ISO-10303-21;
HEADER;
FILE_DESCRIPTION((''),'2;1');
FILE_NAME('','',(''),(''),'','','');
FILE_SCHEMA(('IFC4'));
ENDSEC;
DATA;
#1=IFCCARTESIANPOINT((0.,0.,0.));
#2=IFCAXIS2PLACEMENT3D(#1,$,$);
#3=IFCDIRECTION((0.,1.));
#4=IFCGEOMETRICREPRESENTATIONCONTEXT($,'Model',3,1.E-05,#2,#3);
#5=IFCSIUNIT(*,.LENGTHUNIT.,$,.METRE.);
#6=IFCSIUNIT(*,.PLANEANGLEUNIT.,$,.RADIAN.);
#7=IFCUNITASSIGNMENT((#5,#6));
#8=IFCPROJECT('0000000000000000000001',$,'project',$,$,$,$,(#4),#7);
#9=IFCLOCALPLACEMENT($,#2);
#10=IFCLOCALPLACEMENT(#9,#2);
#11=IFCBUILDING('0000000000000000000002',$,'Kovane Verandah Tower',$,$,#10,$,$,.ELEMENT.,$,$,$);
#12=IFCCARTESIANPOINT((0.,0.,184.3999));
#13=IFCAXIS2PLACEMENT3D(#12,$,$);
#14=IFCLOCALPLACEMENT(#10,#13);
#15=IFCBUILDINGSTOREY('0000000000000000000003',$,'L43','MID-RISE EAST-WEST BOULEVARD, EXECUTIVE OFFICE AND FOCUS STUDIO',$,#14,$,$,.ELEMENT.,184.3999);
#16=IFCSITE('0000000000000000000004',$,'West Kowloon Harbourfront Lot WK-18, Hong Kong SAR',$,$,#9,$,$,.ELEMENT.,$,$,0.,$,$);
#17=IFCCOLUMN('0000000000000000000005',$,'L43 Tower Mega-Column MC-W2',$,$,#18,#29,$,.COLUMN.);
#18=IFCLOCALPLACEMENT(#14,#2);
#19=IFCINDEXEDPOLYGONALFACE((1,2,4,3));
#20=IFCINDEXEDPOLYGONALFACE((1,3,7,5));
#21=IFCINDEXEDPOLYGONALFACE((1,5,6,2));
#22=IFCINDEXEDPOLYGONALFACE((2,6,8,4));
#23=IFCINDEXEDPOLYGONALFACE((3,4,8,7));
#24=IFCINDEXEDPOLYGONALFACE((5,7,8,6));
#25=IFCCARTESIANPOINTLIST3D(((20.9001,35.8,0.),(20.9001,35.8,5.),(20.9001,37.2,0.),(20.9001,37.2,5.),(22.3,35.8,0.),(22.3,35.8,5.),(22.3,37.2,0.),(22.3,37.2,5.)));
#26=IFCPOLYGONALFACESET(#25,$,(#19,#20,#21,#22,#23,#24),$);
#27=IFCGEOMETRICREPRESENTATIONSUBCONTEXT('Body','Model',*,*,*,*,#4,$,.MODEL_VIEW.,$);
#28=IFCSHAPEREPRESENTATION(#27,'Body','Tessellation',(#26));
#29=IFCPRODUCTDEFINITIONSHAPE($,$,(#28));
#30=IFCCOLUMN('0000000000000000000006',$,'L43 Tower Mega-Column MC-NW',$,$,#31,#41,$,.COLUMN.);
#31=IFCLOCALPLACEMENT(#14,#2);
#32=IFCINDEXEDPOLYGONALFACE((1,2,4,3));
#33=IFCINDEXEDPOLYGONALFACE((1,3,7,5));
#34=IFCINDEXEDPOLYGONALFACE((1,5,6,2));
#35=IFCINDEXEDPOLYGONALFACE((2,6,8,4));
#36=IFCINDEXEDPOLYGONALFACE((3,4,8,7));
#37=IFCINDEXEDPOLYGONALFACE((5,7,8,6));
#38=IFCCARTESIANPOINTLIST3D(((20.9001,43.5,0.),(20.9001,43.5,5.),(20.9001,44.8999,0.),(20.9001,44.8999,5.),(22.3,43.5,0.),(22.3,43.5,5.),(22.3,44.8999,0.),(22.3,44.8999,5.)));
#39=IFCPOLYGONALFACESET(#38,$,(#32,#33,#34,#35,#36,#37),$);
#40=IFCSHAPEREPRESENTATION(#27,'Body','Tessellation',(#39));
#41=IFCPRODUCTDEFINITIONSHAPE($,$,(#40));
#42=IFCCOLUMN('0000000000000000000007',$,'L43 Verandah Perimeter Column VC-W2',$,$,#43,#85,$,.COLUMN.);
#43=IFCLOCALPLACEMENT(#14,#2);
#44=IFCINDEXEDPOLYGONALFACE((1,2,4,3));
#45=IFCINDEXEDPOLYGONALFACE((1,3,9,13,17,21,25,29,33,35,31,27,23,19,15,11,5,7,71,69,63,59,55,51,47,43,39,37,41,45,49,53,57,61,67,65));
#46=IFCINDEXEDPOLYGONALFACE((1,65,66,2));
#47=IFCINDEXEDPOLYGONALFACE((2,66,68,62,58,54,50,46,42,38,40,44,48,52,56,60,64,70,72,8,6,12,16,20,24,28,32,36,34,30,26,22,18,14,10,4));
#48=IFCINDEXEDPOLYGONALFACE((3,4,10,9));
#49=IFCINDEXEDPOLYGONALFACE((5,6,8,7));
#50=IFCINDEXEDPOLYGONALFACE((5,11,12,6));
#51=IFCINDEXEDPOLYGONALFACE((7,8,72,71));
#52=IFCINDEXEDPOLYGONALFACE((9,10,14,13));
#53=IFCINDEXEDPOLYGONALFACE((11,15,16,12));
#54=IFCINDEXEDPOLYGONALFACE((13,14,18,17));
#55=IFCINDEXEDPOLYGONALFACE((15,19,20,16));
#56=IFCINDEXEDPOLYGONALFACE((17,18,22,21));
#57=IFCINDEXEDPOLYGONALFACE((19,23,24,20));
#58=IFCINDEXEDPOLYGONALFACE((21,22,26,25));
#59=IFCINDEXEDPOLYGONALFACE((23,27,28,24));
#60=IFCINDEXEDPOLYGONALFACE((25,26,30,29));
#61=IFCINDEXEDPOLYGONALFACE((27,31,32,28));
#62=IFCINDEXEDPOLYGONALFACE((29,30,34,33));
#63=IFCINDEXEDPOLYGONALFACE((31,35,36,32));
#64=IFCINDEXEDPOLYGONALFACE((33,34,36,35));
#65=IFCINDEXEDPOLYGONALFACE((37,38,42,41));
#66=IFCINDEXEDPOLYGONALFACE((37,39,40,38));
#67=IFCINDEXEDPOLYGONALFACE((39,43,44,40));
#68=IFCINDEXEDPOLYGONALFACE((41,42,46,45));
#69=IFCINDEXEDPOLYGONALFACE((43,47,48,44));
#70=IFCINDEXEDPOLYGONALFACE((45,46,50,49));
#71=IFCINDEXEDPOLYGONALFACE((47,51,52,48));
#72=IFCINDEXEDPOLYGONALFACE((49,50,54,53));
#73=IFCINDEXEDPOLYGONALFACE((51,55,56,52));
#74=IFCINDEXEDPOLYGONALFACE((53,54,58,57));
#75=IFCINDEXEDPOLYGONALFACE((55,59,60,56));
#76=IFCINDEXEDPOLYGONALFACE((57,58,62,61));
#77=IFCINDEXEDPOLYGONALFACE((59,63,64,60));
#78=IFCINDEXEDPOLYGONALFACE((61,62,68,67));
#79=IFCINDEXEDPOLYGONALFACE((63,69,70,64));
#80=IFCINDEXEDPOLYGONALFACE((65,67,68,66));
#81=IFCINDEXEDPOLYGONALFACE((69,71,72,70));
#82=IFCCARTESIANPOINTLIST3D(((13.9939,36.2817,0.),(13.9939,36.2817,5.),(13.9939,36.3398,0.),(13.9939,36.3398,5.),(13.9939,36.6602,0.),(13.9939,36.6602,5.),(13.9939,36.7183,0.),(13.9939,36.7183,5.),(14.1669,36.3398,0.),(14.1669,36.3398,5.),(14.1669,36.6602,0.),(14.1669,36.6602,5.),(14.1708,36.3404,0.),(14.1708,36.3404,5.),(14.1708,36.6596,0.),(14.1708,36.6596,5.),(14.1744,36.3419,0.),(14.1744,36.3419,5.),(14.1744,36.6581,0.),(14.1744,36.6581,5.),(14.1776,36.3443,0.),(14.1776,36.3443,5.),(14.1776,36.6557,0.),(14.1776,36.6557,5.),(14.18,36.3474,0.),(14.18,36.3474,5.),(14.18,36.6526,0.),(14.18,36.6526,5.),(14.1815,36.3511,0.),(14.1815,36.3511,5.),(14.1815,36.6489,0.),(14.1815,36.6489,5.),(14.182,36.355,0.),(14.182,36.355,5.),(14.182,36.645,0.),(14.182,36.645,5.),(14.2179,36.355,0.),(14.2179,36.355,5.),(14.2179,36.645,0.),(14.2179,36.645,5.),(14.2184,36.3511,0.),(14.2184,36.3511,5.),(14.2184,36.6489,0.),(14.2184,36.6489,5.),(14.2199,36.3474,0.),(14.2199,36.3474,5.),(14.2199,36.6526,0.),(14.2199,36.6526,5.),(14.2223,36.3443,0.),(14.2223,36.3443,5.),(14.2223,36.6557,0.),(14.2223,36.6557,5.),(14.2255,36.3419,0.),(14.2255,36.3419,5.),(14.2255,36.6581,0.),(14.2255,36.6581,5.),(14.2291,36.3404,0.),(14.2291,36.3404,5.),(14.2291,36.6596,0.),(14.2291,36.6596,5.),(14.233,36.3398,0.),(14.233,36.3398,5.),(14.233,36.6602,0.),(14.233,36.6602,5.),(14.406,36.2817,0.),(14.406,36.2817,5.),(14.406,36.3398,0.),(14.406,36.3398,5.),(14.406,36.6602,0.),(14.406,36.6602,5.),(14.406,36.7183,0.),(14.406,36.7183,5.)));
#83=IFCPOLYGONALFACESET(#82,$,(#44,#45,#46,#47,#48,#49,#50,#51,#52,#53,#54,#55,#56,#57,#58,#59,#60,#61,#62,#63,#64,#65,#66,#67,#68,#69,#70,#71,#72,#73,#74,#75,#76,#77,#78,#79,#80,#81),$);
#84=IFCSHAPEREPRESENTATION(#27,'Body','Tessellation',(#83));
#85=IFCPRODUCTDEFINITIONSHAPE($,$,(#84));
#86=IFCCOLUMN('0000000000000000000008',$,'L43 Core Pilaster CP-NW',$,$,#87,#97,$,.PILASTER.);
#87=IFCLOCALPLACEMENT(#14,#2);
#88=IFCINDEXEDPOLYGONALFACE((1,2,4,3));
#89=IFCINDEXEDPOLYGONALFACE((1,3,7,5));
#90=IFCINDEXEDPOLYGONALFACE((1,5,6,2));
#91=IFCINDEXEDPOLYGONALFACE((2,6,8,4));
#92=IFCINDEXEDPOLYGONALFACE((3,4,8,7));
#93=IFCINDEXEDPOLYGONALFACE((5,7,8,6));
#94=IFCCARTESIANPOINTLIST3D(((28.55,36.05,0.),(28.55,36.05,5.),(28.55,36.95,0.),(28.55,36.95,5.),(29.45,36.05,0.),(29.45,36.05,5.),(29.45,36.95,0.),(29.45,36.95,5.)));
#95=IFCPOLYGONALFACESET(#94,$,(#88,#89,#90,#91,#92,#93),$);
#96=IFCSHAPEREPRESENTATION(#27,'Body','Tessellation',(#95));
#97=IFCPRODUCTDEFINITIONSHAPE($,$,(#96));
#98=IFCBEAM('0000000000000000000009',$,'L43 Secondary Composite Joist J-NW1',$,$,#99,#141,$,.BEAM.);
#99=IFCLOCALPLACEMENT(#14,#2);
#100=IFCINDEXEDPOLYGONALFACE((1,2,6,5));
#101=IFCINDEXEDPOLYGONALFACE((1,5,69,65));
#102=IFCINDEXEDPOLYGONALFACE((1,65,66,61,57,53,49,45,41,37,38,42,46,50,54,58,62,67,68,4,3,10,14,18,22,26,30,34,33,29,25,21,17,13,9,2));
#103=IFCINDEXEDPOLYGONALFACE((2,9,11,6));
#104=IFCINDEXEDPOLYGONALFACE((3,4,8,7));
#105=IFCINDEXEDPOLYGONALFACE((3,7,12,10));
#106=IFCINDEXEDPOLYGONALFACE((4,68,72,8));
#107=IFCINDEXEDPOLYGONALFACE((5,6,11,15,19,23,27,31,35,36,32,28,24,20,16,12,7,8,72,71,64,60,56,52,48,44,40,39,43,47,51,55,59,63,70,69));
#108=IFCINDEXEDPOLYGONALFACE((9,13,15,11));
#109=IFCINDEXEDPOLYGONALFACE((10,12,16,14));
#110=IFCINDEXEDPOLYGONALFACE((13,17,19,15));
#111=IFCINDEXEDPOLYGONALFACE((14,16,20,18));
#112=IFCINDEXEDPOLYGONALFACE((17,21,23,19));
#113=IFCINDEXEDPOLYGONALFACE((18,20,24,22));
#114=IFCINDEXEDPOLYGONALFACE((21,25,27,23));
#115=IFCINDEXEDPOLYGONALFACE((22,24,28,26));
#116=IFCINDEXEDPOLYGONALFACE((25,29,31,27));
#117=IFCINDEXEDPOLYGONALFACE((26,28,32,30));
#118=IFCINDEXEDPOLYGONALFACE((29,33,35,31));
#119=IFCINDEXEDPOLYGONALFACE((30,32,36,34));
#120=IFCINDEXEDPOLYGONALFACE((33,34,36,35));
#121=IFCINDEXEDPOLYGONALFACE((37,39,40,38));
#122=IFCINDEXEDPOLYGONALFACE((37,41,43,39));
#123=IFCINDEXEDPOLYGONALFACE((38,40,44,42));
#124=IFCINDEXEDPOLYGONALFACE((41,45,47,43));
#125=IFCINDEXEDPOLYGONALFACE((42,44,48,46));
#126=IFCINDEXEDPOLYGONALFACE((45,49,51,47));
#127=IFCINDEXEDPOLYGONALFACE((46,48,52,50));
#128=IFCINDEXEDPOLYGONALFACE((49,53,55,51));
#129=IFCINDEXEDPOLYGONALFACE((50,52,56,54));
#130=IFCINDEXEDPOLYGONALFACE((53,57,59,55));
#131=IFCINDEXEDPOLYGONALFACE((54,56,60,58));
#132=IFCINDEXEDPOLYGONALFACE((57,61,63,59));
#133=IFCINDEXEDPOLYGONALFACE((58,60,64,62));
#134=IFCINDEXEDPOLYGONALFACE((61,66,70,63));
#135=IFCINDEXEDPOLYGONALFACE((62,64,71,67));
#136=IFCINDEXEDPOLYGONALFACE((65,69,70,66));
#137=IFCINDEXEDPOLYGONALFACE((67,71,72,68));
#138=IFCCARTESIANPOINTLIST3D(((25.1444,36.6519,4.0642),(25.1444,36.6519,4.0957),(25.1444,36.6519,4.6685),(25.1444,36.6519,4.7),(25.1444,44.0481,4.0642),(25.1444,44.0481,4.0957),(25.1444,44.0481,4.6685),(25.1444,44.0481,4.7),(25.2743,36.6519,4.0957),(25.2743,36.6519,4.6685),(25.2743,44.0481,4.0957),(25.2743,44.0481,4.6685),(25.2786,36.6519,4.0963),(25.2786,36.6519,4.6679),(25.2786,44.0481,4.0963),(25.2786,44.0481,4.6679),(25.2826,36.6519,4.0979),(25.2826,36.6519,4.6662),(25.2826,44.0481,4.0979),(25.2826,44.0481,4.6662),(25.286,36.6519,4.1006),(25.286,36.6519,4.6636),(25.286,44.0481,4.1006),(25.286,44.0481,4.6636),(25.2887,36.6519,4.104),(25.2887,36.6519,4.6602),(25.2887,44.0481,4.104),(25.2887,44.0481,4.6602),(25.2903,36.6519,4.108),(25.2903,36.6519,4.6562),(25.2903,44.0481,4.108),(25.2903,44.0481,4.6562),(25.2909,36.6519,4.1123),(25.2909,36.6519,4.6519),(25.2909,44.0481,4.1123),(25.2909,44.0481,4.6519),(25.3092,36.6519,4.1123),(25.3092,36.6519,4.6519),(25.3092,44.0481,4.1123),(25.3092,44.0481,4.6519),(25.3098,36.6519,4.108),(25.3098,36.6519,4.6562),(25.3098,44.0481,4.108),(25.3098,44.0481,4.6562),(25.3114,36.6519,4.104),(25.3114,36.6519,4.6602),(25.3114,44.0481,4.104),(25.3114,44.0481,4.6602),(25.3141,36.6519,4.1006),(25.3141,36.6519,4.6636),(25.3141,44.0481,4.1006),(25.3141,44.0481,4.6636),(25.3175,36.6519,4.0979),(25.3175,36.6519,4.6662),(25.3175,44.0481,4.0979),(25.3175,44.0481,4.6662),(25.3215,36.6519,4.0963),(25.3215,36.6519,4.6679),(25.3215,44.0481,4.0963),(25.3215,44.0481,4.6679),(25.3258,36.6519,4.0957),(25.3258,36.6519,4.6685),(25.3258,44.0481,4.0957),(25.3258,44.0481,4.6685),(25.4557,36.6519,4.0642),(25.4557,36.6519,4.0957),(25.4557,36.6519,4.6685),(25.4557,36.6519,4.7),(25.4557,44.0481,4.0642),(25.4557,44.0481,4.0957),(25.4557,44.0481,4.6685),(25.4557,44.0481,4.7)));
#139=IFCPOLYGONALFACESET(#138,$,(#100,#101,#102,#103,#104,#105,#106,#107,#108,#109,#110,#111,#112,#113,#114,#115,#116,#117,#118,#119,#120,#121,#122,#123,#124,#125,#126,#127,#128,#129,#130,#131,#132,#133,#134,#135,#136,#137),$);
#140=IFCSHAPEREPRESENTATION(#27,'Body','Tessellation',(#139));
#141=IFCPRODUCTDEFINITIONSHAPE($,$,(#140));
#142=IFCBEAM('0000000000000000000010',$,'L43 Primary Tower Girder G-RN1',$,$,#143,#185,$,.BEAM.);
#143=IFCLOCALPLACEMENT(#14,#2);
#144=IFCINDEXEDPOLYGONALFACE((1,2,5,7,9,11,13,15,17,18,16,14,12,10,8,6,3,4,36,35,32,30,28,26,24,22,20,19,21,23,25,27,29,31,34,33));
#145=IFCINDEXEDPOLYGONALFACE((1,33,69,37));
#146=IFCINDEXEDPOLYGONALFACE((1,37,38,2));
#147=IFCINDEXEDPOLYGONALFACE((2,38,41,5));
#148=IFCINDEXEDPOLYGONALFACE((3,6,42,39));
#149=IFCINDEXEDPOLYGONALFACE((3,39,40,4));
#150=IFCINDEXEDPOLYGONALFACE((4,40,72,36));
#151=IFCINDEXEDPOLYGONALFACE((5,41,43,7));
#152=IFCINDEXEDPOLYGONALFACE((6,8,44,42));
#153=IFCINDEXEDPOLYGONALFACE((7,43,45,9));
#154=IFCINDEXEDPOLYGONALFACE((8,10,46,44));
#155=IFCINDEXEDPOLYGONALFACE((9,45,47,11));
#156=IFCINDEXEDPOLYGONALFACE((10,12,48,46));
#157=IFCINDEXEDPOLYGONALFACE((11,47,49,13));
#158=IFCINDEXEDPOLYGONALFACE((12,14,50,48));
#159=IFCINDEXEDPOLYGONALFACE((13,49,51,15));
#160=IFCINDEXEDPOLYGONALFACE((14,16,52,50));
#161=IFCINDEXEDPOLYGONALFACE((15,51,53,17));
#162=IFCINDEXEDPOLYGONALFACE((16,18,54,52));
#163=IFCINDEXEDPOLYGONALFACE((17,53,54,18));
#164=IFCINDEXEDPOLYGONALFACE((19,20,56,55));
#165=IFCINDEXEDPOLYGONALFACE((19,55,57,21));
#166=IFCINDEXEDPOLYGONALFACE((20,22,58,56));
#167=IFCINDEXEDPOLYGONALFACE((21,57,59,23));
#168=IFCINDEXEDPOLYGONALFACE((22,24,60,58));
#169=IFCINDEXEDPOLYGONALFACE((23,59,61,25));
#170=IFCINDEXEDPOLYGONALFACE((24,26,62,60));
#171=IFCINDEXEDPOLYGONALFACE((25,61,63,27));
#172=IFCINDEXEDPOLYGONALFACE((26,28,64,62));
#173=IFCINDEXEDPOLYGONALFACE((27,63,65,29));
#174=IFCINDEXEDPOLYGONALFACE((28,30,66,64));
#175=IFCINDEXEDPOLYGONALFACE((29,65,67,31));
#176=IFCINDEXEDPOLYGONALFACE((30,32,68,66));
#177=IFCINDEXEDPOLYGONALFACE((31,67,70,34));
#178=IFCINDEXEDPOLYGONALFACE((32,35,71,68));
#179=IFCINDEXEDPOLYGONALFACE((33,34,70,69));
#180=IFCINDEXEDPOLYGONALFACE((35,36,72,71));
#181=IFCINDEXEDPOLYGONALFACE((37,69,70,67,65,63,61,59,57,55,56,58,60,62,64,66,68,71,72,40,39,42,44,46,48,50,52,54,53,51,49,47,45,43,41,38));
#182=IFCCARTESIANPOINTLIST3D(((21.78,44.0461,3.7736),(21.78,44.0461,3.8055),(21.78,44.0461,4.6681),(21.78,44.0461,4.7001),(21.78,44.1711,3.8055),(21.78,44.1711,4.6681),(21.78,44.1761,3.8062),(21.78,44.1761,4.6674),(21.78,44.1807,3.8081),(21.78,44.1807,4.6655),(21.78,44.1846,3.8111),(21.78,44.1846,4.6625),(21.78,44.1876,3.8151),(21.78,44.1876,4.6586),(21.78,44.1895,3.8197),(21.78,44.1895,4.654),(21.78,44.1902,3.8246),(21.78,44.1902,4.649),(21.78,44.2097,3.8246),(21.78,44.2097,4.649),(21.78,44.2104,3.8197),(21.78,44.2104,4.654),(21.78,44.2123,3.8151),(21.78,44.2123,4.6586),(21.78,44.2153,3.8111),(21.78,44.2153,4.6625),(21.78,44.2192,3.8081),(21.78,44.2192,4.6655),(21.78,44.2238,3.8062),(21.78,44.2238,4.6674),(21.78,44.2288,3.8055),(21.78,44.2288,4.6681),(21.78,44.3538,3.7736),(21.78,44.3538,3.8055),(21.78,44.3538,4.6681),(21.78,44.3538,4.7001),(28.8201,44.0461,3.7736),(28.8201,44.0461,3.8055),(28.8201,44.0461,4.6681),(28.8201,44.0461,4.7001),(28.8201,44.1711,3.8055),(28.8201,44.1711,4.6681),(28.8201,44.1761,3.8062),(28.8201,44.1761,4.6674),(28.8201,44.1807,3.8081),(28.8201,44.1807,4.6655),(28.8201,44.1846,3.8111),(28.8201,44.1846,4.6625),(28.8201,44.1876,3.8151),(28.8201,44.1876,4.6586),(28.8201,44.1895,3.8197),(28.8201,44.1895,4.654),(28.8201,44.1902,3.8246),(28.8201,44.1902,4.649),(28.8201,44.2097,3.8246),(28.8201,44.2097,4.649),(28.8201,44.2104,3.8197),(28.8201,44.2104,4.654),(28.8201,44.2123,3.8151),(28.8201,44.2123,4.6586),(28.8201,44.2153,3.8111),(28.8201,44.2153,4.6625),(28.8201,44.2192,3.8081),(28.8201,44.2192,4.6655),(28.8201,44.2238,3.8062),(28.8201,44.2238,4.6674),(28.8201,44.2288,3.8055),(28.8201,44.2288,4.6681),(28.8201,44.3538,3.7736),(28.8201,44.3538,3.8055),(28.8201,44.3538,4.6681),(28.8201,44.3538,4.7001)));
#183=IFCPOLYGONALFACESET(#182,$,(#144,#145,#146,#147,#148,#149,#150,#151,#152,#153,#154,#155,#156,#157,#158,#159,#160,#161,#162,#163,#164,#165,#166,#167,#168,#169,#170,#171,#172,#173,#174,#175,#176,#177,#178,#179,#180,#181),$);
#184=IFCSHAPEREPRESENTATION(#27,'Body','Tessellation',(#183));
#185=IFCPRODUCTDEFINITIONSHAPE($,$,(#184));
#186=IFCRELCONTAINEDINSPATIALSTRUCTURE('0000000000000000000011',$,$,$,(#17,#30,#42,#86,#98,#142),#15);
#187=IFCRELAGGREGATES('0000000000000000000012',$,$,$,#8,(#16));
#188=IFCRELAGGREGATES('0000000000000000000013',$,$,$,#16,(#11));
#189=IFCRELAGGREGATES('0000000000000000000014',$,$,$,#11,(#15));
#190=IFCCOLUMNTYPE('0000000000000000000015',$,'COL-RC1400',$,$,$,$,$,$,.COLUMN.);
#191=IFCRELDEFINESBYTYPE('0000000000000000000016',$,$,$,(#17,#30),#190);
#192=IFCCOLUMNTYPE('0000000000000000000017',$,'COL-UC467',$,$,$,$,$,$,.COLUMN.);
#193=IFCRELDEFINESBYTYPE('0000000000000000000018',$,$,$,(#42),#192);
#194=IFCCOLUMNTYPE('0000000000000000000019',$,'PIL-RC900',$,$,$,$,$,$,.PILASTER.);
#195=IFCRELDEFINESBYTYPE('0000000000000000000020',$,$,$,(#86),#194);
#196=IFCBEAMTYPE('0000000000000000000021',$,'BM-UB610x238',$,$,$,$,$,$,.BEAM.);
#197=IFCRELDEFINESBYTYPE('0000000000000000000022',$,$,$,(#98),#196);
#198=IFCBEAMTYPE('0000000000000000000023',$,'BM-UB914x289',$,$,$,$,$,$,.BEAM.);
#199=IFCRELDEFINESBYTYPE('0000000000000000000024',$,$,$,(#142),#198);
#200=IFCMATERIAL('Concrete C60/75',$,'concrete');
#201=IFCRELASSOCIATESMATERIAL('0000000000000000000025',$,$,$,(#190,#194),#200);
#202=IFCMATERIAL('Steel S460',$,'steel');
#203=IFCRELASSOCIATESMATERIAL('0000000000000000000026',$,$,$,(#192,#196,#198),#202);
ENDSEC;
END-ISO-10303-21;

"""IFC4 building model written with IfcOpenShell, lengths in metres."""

from ifc_helpers import new_model, si_unit, direction, frame, origin, origin_2d, place, context, subcontext, project, spatial, rectangle, i_section, extrude, material, material_profile, profile_set, type_object, element, save


model = new_model("IFC4")

# Units and contexts
model_context = context("Model", 3, precision=1e-05, world=origin(), true_north=direction((0.0, 1.0)))
body_context = subcontext(model_context, "Body", "Model", "MODEL_VIEW")
ifc_project = project(units=[si_unit("LENGTHUNIT", "METRE"), si_unit("PLANEANGLEUNIT", "RADIAN")], contexts=[model_context])

# Site, building, storey
site_placement = place(None, origin())
site = spatial("IfcSite", under=ifc_project, at=site_placement, Name="West Kowloon Harbourfront Lot WK-18, Hong Kong SAR", CompositionType="ELEMENT", RefElevation=0.0)
building_placement = place(site_placement, origin())
building = spatial("IfcBuilding", under=site, at=building_placement, Name="Kovane Verandah Tower", CompositionType="ELEMENT")
storey_placement = place(building_placement, frame((0.0, 0.0, 184.3999)))
storey = spatial("IfcBuildingStorey", under=building, at=storey_placement, Name="L43", Description="MID-RISE EAST-WEST BOULEVARD, EXECUTIVE OFFICE AND FOCUS STUDIO", CompositionType="ELEMENT", Elevation=184.3999)

# Columns
ifc_material_1 = material(Name="Concrete C60/75", Category="concrete")
ifc_material_profile_1 = material_profile(ifc_material_1, rectangle(XDim=1.3999, YDim=1.3999, at=origin_2d()), Name="RC1400x1400")
ifc_profile_set_1 = profile_set([ifc_material_profile_1], Name="Concrete C60/75")
column_type_1 = type_object("IfcColumnType", Name="COL-RC1400", PredefinedType="COLUMN", material=ifc_profile_set_1)
for number, where, z_axis, x_axis, name in (
    (1, (21.6001, 36.5, 0.0), (0.0, 0.0, 1.0), (1.0, 0.0, 0.0), "L43 Tower Mega-Column MC-W2"),
    (2, (21.6001, 44.2, 0.0), (0.0, 0.0, 1.0), (1.0, 0.0, 0.0), "L43 Tower Mega-Column MC-NW"),
):
    element("IfcColumn", number, at=place(storey_placement, frame(where, z_axis=z_axis, x_axis=x_axis)), inside=storey, type_object=column_type_1, Name=name, PredefinedType="COLUMN", context=body_context, shape_type="SweptSolid", body=[
        extrude(rectangle(XDim=1.3999, YDim=1.3999, at=origin_2d()), origin(), (0.0, 0.0, 1.0), 5.0),
    ])
ifc_material_2 = material(Name="Steel S460", Category="steel")
ifc_material_profile_2 = material_profile(ifc_material_2, i_section(OverallWidth=0.4121, OverallDepth=0.4365, WebThickness=0.0359, FlangeThickness=0.0581, FilletRadius=0.0151, at=origin_2d()), Name="UC356x406x467")
ifc_profile_set_2 = profile_set([ifc_material_profile_2], Name="Steel S460")
column_type_2 = type_object("IfcColumnType", Name="COL-UC467", PredefinedType="COLUMN", material=ifc_profile_set_2)
column_1_placement = place(storey_placement, frame((14.2, 36.5, 0.0), z_axis=(0.0, 0.0, 1.0), x_axis=(1.0, 0.0, 0.0)))
element("IfcColumn", 3, at=column_1_placement, inside=storey, type_object=column_type_2, Name="L43 Verandah Perimeter Column VC-W2", PredefinedType="COLUMN", context=body_context, shape_type="SweptSolid", body=[
    extrude(i_section(OverallWidth=0.4121, OverallDepth=0.4365, WebThickness=0.0359, FlangeThickness=0.0581, FilletRadius=0.0151, at=origin_2d()), origin(), (0.0, 0.0, 1.0), 5.0),
])
ifc_material_profile_3 = material_profile(ifc_material_1, rectangle(XDim=0.8999, YDim=0.8999, at=origin_2d()), Name="RC900x900")
ifc_profile_set_3 = profile_set([ifc_material_profile_3], Name="Concrete C60/75")
column_type_3 = type_object("IfcColumnType", Name="PIL-RC900", PredefinedType="PILASTER", material=ifc_profile_set_3)
column_2_placement = place(storey_placement, frame((29.0, 36.5, 0.0), z_axis=(0.0, 0.0, 1.0), x_axis=(1.0, 0.0, 0.0)))
element("IfcColumn", 4, at=column_2_placement, inside=storey, type_object=column_type_3, Name="L43 Core Pilaster CP-NW", PredefinedType="PILASTER", context=body_context, shape_type="SweptSolid", body=[
    extrude(rectangle(XDim=0.8999, YDim=0.8999, at=origin_2d()), origin(), (0.0, 0.0, 1.0), 5.0),
])

# Beams
ifc_material_profile_4 = material_profile(ifc_material_2, i_section(OverallWidth=0.3113, OverallDepth=0.6357, WebThickness=0.0183, FlangeThickness=0.0315, FilletRadius=0.0166, at=origin_2d()), Name="UB610x305x238")
ifc_profile_set_4 = profile_set([ifc_material_profile_4], Name="Steel S460")
beam_type_1 = type_object("IfcBeamType", Name="BM-UB610x238", PredefinedType="BEAM", material=ifc_profile_set_4)
beam_1_placement = place(storey_placement, frame((25.3, 36.6519, 4.3821), z_axis=(0.0, 1.0, 0.0), x_axis=(-1.0, 0.0, 0.0)))
element("IfcBeam", 5, at=beam_1_placement, inside=storey, type_object=beam_type_1, Name="L43 Secondary Composite Joist J-NW1", PredefinedType="BEAM", context=body_context, shape_type="SweptSolid", body=[
    extrude(i_section(OverallWidth=0.3113, OverallDepth=0.6357, WebThickness=0.0183, FlangeThickness=0.0315, FilletRadius=0.0166, at=origin_2d()), origin(), (0.0, 0.0, 1.0), 7.3962),
])
ifc_material_profile_5 = material_profile(ifc_material_2, i_section(OverallWidth=0.3076, OverallDepth=0.9265, WebThickness=0.0195, FlangeThickness=0.032, FilletRadius=0.019, at=origin_2d()), Name="UB914x305x289")
ifc_profile_set_5 = profile_set([ifc_material_profile_5], Name="Steel S460")
beam_type_2 = type_object("IfcBeamType", Name="BM-UB914x289", PredefinedType="BEAM", material=ifc_profile_set_5)
beam_2_placement = place(storey_placement, frame((21.78, 44.2, 4.2368), z_axis=(1.0, 0.0, 0.0), x_axis=(0.0, 1.0, 0.0)))
element("IfcBeam", 6, at=beam_2_placement, inside=storey, type_object=beam_type_2, Name="L43 Primary Tower Girder G-RN1", PredefinedType="BEAM", context=body_context, shape_type="SweptSolid", body=[
    extrude(i_section(OverallWidth=0.3076, OverallDepth=0.9265, WebThickness=0.0195, FlangeThickness=0.032, FilletRadius=0.019, at=origin_2d()), origin(), (0.0, 0.0, 1.0), 7.04),
])

save(model, "model.ifc")
